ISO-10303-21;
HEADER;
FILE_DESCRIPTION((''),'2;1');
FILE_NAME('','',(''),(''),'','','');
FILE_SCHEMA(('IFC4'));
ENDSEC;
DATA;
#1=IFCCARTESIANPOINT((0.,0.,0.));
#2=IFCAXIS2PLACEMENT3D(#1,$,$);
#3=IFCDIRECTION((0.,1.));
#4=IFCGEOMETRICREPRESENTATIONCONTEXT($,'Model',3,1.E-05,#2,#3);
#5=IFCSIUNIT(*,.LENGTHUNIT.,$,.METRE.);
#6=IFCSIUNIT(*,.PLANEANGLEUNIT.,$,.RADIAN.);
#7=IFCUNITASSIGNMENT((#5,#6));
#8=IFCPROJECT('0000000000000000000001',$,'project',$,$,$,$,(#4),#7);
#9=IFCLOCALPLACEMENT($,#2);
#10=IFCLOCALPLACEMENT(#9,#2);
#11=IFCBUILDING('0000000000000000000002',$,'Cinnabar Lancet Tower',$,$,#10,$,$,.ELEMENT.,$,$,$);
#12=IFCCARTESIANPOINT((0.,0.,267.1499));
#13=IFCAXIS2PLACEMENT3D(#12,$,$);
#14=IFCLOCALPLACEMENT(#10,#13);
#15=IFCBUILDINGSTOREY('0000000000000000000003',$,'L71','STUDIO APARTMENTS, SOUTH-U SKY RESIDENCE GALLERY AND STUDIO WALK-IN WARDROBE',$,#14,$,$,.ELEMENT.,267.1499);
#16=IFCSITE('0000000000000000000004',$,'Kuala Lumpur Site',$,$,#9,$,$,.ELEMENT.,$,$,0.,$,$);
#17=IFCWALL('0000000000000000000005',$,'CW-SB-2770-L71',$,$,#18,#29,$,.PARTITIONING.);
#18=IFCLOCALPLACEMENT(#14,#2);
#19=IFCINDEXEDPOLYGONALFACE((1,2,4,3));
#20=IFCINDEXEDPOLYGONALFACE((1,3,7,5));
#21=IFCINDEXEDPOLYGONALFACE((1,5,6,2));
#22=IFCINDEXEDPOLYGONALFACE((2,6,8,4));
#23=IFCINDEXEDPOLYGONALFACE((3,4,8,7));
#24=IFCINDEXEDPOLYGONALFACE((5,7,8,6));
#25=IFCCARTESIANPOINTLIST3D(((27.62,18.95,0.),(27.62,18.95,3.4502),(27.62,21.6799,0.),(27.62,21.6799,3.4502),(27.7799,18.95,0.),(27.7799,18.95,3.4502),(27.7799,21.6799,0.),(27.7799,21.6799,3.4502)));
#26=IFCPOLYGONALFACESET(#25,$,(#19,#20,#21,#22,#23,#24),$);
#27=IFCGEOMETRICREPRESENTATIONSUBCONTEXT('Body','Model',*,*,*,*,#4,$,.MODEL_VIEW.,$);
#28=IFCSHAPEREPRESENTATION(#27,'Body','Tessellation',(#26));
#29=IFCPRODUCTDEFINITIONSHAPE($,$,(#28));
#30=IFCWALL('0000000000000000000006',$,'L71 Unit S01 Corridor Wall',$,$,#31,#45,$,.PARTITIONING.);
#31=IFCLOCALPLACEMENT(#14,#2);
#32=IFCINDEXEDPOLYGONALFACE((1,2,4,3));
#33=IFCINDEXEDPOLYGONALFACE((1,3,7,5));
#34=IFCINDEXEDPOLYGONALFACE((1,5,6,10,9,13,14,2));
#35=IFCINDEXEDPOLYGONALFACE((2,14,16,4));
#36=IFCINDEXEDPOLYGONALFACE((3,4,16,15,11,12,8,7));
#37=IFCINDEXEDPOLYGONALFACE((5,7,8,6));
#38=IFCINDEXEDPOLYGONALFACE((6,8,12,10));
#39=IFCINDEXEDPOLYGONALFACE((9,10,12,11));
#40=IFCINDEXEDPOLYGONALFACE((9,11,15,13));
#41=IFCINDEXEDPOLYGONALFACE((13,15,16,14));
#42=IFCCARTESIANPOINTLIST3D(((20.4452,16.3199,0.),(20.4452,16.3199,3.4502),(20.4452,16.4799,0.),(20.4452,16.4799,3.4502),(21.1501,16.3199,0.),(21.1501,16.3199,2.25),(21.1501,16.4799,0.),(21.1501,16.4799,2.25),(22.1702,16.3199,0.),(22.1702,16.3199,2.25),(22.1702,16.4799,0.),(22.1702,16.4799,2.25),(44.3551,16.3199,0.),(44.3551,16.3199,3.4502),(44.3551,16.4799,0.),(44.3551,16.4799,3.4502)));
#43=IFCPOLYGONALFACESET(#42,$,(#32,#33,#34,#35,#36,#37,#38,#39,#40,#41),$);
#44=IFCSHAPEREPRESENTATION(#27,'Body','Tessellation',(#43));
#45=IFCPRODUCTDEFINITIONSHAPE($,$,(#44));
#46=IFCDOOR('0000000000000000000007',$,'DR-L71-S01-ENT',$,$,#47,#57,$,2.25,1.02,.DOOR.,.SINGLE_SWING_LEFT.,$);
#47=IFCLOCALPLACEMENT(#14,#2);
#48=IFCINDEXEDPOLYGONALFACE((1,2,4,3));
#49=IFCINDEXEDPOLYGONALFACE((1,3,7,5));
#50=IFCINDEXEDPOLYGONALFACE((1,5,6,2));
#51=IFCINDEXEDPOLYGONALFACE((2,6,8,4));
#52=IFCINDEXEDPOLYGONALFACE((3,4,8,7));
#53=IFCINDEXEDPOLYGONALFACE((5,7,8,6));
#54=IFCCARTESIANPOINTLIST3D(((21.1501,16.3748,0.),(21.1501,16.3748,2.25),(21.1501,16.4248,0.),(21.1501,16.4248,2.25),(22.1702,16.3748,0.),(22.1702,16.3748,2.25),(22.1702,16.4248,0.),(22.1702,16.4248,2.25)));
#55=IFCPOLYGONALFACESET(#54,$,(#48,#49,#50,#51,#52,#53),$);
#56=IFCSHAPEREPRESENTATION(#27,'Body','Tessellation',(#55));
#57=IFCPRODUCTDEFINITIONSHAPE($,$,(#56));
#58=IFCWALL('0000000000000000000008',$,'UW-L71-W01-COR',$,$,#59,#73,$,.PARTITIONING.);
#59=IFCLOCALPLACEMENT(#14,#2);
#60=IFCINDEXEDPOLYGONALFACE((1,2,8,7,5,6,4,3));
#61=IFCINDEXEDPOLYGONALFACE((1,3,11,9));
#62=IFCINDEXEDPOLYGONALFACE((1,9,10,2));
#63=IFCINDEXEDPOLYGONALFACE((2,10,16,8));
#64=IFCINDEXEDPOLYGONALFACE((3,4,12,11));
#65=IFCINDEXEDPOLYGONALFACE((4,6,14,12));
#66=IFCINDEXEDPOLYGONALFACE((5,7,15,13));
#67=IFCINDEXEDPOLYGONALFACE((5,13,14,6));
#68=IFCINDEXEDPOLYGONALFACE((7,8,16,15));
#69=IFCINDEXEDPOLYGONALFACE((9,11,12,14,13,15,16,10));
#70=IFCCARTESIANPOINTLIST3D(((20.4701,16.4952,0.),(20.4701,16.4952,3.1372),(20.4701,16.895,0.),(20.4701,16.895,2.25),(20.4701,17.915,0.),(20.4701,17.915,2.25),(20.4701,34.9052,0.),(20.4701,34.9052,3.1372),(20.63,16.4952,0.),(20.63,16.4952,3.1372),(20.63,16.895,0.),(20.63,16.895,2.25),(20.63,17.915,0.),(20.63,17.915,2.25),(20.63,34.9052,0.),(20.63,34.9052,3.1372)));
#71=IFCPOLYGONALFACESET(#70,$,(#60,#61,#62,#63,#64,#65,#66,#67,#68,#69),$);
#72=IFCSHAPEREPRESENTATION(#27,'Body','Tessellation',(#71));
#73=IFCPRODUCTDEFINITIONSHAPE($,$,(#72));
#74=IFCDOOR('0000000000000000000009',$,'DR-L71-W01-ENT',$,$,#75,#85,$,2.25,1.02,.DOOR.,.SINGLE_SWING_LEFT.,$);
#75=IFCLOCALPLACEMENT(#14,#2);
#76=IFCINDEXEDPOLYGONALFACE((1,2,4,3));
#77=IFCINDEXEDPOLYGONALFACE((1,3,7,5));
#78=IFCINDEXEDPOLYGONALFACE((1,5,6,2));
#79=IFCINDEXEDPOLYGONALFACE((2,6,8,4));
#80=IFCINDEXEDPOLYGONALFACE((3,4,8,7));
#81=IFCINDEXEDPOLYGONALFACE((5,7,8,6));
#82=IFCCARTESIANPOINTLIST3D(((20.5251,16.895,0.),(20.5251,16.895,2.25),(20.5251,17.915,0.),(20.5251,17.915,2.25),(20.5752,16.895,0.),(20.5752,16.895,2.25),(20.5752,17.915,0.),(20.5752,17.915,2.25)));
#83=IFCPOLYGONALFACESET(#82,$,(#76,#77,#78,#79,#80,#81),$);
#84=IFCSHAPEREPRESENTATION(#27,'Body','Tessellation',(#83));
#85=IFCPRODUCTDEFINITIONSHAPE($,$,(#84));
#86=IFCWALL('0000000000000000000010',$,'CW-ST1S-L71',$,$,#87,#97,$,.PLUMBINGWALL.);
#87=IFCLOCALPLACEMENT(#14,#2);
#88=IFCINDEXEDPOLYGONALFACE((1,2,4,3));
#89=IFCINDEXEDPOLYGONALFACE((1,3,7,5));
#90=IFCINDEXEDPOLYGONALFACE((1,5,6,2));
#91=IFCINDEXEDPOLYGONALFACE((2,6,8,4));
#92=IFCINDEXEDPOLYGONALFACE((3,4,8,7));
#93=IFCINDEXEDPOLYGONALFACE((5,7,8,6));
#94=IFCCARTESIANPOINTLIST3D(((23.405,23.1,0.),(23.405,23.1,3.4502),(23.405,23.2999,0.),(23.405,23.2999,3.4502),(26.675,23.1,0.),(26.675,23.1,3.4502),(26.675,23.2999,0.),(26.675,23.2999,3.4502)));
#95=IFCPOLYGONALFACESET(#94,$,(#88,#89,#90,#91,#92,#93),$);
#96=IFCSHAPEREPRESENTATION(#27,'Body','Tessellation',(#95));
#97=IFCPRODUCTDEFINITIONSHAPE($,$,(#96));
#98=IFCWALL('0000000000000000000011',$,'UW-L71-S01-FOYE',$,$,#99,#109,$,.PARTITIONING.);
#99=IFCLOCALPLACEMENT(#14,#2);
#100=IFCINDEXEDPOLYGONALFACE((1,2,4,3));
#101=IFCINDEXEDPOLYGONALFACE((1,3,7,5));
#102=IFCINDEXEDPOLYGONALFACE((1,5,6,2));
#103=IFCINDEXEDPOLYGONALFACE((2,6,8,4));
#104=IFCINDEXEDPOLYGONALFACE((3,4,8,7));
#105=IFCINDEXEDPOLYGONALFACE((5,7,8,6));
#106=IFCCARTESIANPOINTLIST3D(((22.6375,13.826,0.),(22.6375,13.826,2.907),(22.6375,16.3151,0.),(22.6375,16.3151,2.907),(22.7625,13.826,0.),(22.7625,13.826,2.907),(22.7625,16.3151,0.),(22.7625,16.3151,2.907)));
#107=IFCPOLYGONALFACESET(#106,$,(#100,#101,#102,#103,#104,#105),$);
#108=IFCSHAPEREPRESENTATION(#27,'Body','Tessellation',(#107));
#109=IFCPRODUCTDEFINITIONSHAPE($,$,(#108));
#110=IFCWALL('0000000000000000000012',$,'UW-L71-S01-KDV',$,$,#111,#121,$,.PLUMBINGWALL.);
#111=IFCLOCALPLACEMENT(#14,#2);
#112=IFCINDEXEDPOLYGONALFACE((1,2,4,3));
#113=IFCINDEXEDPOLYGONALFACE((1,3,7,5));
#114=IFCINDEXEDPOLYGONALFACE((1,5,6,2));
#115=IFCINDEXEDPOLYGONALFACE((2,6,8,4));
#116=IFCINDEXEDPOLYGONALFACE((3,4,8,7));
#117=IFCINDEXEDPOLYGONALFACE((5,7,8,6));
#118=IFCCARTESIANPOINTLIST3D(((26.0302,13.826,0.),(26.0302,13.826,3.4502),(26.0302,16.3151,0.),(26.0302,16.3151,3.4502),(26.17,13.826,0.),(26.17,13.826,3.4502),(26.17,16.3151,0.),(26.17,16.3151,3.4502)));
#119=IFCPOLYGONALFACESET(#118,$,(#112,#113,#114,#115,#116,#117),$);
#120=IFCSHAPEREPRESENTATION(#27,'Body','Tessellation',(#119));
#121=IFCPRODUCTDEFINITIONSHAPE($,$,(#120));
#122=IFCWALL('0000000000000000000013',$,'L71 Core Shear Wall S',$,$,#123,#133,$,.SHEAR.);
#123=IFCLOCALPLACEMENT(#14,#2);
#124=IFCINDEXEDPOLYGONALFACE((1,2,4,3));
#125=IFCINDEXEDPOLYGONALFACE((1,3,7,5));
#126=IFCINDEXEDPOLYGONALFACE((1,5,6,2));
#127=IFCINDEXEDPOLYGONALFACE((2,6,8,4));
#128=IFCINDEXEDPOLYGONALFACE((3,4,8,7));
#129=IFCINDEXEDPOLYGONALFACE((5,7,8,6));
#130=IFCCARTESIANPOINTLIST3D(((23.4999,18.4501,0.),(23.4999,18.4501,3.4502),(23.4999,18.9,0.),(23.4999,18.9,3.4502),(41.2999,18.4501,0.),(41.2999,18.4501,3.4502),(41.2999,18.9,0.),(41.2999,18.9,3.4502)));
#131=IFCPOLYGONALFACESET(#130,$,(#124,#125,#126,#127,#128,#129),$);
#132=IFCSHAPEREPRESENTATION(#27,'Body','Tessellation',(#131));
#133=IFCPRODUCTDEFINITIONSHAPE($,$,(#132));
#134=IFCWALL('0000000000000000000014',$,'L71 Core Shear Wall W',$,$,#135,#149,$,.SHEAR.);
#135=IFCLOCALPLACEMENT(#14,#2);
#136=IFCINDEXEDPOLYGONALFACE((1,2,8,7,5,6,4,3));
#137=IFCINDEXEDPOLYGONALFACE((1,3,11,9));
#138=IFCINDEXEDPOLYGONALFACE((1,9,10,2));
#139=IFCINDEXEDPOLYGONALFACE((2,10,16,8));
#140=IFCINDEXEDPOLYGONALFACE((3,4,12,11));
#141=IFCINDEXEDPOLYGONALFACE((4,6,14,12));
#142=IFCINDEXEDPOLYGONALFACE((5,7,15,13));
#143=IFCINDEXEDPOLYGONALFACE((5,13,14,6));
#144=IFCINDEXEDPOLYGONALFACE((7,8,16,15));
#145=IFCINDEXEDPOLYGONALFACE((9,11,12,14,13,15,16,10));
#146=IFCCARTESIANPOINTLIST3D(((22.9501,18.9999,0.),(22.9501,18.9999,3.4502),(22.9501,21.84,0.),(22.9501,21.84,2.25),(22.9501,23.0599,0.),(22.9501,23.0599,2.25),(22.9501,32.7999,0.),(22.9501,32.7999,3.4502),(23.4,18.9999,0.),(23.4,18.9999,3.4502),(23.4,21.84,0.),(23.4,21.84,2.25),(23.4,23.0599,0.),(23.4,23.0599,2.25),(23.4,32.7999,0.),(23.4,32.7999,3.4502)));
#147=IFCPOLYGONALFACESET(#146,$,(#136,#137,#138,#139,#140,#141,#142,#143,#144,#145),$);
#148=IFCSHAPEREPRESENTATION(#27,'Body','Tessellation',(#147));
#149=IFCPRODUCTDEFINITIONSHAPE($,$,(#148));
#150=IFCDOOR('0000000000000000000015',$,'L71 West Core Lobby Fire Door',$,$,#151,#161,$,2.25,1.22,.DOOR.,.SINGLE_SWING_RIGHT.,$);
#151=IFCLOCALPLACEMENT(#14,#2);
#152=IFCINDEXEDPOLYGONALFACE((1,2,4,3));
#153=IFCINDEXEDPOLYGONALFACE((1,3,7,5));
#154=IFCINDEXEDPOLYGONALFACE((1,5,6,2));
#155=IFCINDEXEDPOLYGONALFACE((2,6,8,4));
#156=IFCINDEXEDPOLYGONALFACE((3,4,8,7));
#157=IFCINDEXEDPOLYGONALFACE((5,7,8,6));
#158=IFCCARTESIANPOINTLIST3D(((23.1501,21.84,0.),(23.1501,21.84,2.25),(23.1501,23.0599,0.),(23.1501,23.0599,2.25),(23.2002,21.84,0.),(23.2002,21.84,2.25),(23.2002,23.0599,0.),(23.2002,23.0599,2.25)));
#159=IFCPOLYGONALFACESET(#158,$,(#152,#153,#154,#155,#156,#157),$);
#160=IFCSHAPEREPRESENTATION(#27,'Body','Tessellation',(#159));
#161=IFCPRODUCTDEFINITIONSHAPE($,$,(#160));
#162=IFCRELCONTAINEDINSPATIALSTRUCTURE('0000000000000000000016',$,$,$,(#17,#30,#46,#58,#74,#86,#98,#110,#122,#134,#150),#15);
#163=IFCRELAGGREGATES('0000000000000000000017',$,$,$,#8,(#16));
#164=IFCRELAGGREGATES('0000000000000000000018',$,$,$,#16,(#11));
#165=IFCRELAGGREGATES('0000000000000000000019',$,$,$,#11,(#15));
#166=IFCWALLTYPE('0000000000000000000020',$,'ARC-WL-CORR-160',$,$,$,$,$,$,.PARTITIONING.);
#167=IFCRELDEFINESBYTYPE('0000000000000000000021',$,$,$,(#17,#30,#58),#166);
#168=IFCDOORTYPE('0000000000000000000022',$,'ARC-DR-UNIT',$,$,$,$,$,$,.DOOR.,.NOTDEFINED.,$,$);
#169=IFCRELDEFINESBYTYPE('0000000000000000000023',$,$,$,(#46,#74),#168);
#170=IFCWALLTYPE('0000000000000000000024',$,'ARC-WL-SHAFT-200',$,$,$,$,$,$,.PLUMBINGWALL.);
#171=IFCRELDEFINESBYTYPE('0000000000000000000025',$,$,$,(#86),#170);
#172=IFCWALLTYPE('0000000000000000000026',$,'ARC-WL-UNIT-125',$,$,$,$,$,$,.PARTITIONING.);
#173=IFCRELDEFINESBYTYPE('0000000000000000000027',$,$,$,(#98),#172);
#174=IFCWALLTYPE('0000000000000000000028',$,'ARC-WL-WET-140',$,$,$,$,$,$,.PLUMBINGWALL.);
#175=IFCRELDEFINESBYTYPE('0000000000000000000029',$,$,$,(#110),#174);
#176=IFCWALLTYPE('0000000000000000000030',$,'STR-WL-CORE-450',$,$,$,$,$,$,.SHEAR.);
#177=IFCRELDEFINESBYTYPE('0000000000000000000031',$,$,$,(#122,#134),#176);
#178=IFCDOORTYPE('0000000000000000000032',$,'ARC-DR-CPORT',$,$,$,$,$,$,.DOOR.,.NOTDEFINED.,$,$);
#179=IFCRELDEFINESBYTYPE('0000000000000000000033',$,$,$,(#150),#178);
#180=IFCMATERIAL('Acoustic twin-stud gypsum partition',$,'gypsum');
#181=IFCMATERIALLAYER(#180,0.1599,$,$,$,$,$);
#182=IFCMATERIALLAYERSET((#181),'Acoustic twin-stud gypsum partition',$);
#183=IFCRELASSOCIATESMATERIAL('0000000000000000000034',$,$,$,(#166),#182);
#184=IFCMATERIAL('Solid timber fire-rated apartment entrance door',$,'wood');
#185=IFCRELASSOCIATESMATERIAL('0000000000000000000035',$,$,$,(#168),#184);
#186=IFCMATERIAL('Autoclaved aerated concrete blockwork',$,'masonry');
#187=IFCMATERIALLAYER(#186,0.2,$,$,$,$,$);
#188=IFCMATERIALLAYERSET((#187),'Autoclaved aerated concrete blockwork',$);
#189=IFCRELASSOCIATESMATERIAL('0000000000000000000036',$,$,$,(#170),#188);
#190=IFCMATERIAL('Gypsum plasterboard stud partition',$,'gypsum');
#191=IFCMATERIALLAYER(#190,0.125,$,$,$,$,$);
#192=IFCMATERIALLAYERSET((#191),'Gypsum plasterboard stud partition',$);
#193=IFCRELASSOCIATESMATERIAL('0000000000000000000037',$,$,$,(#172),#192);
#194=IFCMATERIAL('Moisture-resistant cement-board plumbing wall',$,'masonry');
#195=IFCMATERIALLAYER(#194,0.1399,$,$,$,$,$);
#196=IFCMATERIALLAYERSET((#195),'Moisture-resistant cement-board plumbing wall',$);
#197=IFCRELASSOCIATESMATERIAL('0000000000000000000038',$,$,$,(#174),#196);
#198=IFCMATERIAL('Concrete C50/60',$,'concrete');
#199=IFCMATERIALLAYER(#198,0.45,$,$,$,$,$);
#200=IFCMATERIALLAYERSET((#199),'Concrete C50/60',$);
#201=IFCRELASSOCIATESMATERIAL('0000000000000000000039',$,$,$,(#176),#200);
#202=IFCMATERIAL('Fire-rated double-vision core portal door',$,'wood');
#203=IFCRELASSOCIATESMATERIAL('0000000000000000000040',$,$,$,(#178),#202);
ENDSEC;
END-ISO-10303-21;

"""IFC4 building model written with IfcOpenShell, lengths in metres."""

from ifc_helpers import new_model, si_unit, direction, frame, frame_2d, origin, place, context, subcontext, project, spatial, rectangle, extrude, material, layer, layer_set, type_object, element, fill, save


model = new_model("IFC4")

# Units and contexts
model_context = context("Model", 3, precision=1e-05, world=origin(), true_north=direction((0.0, 1.0)))
body_context = subcontext(model_context, "Body", "Model", "MODEL_VIEW")
ifc_project = project(units=[si_unit("LENGTHUNIT", "METRE"), si_unit("PLANEANGLEUNIT", "RADIAN")], contexts=[model_context])

# Site, building, storey
site_placement = place(None, origin())
site = spatial("IfcSite", under=ifc_project, at=site_placement, Name="Kuala Lumpur Site", CompositionType="ELEMENT", RefElevation=0.0)
building_placement = place(site_placement, origin())
building = spatial("IfcBuilding", under=site, at=building_placement, Name="Cinnabar Lancet Tower", CompositionType="ELEMENT")
storey_placement = place(building_placement, frame((0.0, 0.0, 267.1499)))
storey = spatial("IfcBuildingStorey", under=building, at=storey_placement, Name="L71", Description="STUDIO APARTMENTS, SOUTH-U SKY RESIDENCE GALLERY AND STUDIO WALK-IN WARDROBE", CompositionType="ELEMENT", Elevation=267.1499)

# Wall
ifc_material_1 = material(Name="Acoustic twin-stud gypsum partition", Category="gypsum")
ifc_layer_1 = layer(ifc_material_1, 0.1599)
ifc_layer_set_1 = layer_set([ifc_layer_1], Name="Acoustic twin-stud gypsum partition")
wall_type_1 = type_object("IfcWallType", Name="ARC-WL-CORR-160", PredefinedType="PARTITIONING", material=ifc_layer_set_1)
wall_1_placement = place(storey_placement, frame((27.7, 18.95, 0.0), z_axis=(0.0, 0.0, 1.0), x_axis=(0.0, 1.0, 0.0)))
element("IfcWall", 1, at=wall_1_placement, inside=storey, type_object=wall_type_1, Name="CW-SB-2770-L71", PredefinedType="PARTITIONING", context=body_context, shape_type="SweptSolid", body=[
    extrude(rectangle(XDim=2.73, YDim=0.1599, at=frame_2d((1.365, 0.0))), origin(), (0.0, 0.0, 1.0), 3.4502),
])

# Walls, openings, doors
wall_2_placement = place(storey_placement, frame((20.4451, 16.3999, 0.0), z_axis=(0.0, 0.0, 1.0), x_axis=(1.0, 0.0, 0.0)))
wall_2 = element("IfcWall", 2, at=wall_2_placement, inside=storey, type_object=wall_type_1, Name="L71 Unit S01 Corridor Wall", PredefinedType="PARTITIONING", context=body_context, shape_type="SweptSolid", body=[
    extrude(rectangle(XDim=23.9099, YDim=0.1599, at=frame_2d((11.9551, 0.0))), origin(), (0.0, 0.0, 1.0), 3.4502),
])
opening_1_placement = place(wall_2_placement, frame((0.7051, 0.0, 0.0)))
opening_1 = element("IfcOpeningElement", 3, at=opening_1_placement, cuts=wall_2, PredefinedType="OPENING", context=body_context, shape_type="SweptSolid", body=[
    extrude(rectangle(XDim=1.02, YDim=2.25, at=frame_2d((0.51, 1.125))), frame((0.0, 0.0898, 0.0), z_axis=(0.0, -1.0, 0.0), x_axis=(1.0, 0.0, 0.0)), (0.0, 0.0, 1.0), 0.1799),
])
ifc_material_2 = material(Name="Solid timber fire-rated apartment entrance door", Category="wood")
door_type_1 = type_object("IfcDoorType", Name="ARC-DR-UNIT", OperationType="NOTDEFINED", PredefinedType="DOOR", material=ifc_material_2)
door_1_placement = place(opening_1_placement, origin())
door_1 = element("IfcDoor", 4, at=door_1_placement, inside=storey, type_object=door_type_1, Name="DR-L71-S01-ENT", OperationType="SINGLE_SWING_LEFT", OverallHeight=2.25, OverallWidth=1.02, PredefinedType="DOOR", context=body_context, shape_type="SweptSolid", body=[
    extrude(rectangle(XDim=1.02, YDim=2.25, at=frame_2d((0.51, 1.125))), frame((0.0, 0.0249, 0.0), z_axis=(0.0, -1.0, 0.0), x_axis=(1.0, 0.0, 0.0)), (0.0, 0.0, 1.0), 0.05),
])
fill(opening_1, door_1)
wall_3_placement = place(storey_placement, frame((20.55, 16.4951, 0.0), z_axis=(0.0, 0.0, 1.0), x_axis=(0.0, 1.0, 0.0)))
wall_3 = element("IfcWall", 5, at=wall_3_placement, inside=storey, type_object=wall_type_1, Name="UW-L71-W01-COR", PredefinedType="PARTITIONING", context=body_context, shape_type="SweptSolid", body=[
    extrude(rectangle(XDim=18.4099, YDim=0.1599, at=frame_2d((9.2051, 0.0))), origin(), (0.0, 0.0, 1.0), 3.1372),
])
opening_2_placement = place(wall_3_placement, frame((0.3999, 0.0, 0.0)))
opening_2 = element("IfcOpeningElement", 6, at=opening_2_placement, cuts=wall_3, PredefinedType="OPENING", context=body_context, shape_type="SweptSolid", body=[
    extrude(rectangle(XDim=1.02, YDim=2.25, at=frame_2d((0.51, 1.125))), frame((0.0, 0.0898, 0.0), z_axis=(0.0, -1.0, 0.0), x_axis=(1.0, 0.0, 0.0)), (0.0, 0.0, 1.0), 0.1799),
])
door_2_placement = place(opening_2_placement, origin())
door_2 = element("IfcDoor", 7, at=door_2_placement, inside=storey, type_object=door_type_1, Name="DR-L71-W01-ENT", OperationType="SINGLE_SWING_LEFT", OverallHeight=2.25, OverallWidth=1.02, PredefinedType="DOOR", context=body_context, shape_type="SweptSolid", body=[
    extrude(rectangle(XDim=1.02, YDim=2.25, at=frame_2d((0.51, 1.125))), frame((0.0, 0.0249, 0.0), z_axis=(0.0, -1.0, 0.0), x_axis=(1.0, 0.0, 0.0)), (0.0, 0.0, 1.0), 0.05),
])
fill(opening_2, door_2)

# Wall
ifc_material_3 = material(Name="Autoclaved aerated concrete blockwork", Category="masonry")
ifc_layer_2 = layer(ifc_material_3, 0.2)
ifc_layer_set_2 = layer_set([ifc_layer_2], Name="Autoclaved aerated concrete blockwork")
wall_type_2 = type_object("IfcWallType", Name="ARC-WL-SHAFT-200", PredefinedType="PLUMBINGWALL", material=ifc_layer_set_2)
wall_4_placement = place(storey_placement, frame((23.405, 23.2, 0.0), z_axis=(0.0, 0.0, 1.0), x_axis=(1.0, 0.0, 0.0)))
element("IfcWall", 8, at=wall_4_placement, inside=storey, type_object=wall_type_2, Name="CW-ST1S-L71", PredefinedType="PLUMBINGWALL", context=body_context, shape_type="SweptSolid", body=[
    extrude(rectangle(XDim=3.27, YDim=0.2, at=frame_2d((1.635, 0.0))), origin(), (0.0, 0.0, 1.0), 3.4502),
])

# Walls
ifc_material_4 = material(Name="Gypsum plasterboard stud partition", Category="gypsum")
ifc_layer_3 = layer(ifc_material_4, 0.125)
ifc_layer_set_3 = layer_set([ifc_layer_3], Name="Gypsum plasterboard stud partition")
wall_type_3 = type_object("IfcWallType", Name="ARC-WL-UNIT-125", PredefinedType="PARTITIONING", material=ifc_layer_set_3)
wall_5_placement = place(storey_placement, frame((22.7, 13.8259, 0.0), z_axis=(0.0, 0.0, 1.0), x_axis=(0.0, 1.0, 0.0)))
element("IfcWall", 9, at=wall_5_placement, inside=storey, type_object=wall_type_3, Name="UW-L71-S01-FOYE", PredefinedType="PARTITIONING", context=body_context, shape_type="SweptSolid", body=[
    extrude(rectangle(XDim=2.489, YDim=0.125, at=frame_2d((1.2446, 0.0))), origin(), (0.0, 0.0, 1.0), 2.907),
])
ifc_material_5 = material(Name="Moisture-resistant cement-board plumbing wall", Category="masonry")
ifc_layer_4 = layer(ifc_material_5, 0.1399)
ifc_layer_set_4 = layer_set([ifc_layer_4], Name="Moisture-resistant cement-board plumbing wall")
wall_type_4 = type_object("IfcWallType", Name="ARC-WL-WET-140", PredefinedType="PLUMBINGWALL", material=ifc_layer_set_4)
wall_6_placement = place(storey_placement, frame((26.1001, 13.8259, 0.0), z_axis=(0.0, 0.0, 1.0), x_axis=(0.0, 1.0, 0.0)))
element("IfcWall", 10, at=wall_6_placement, inside=storey, type_object=wall_type_4, Name="UW-L71-S01-KDV", PredefinedType="PLUMBINGWALL", context=body_context, shape_type="SweptSolid", body=[
    extrude(rectangle(XDim=2.489, YDim=0.1399, at=frame_2d((1.2446, 0.0))), origin(), (0.0, 0.0, 1.0), 3.4502),
])
ifc_material_6 = material(Name="Concrete C50/60", Category="concrete")
ifc_layer_5 = layer(ifc_material_6, 0.45)
ifc_layer_set_5 = layer_set([ifc_layer_5], Name="Concrete C50/60")
wall_type_5 = type_object("IfcWallType", Name="STR-WL-CORE-450", PredefinedType="SHEAR", material=ifc_layer_set_5)
wall_7_placement = place(storey_placement, frame((23.5, 18.675, 0.0), z_axis=(0.0, 0.0, 1.0), x_axis=(1.0, 0.0, 0.0)))
element("IfcWall", 11, at=wall_7_placement, inside=storey, type_object=wall_type_5, Name="L71 Core Shear Wall S", PredefinedType="SHEAR", context=body_context, shape_type="SweptSolid", body=[
    extrude(rectangle(XDim=17.8, YDim=0.45, at=frame_2d((8.8999, 0.0))), origin(), (0.0, 0.0, 1.0), 3.4502),
])

# Wall, opening, door
wall_8_placement = place(storey_placement, frame((23.175, 19.0, 0.0), z_axis=(0.0, 0.0, 1.0), x_axis=(0.0, 1.0, 0.0)))
wall_8 = element("IfcWall", 12, at=wall_8_placement, inside=storey, type_object=wall_type_5, Name="L71 Core Shear Wall W", PredefinedType="SHEAR", context=body_context, shape_type="SweptSolid", body=[
    extrude(rectangle(XDim=13.8, YDim=0.45, at=frame_2d((6.8999, 0.0))), origin(), (0.0, 0.0, 1.0), 3.4502),
])
opening_3_placement = place(wall_8_placement, frame((2.8401, 0.0, 0.0)))
opening_3 = element("IfcOpeningElement", 13, at=opening_3_placement, cuts=wall_8, PredefinedType="OPENING", context=body_context, shape_type="SweptSolid", body=[
    extrude(rectangle(XDim=1.22, YDim=2.25, at=frame_2d((0.6099, 1.125))), frame((0.0, 0.2349, 0.0), z_axis=(0.0, -1.0, 0.0), x_axis=(1.0, 0.0, 0.0)), (0.0, 0.0, 1.0), 0.47),
])
ifc_material_7 = material(Name="Fire-rated double-vision core portal door", Category="wood")
door_type_2 = type_object("IfcDoorType", Name="ARC-DR-CPORT", OperationType="NOTDEFINED", PredefinedType="DOOR", material=ifc_material_7)
door_3_placement = place(opening_3_placement, origin())
door_3 = element("IfcDoor", 14, at=door_3_placement, inside=storey, type_object=door_type_2, Name="L71 West Core Lobby Fire Door", OperationType="SINGLE_SWING_RIGHT", OverallHeight=2.25, OverallWidth=1.22, PredefinedType="DOOR", context=body_context, shape_type="SweptSolid", body=[
    extrude(rectangle(XDim=1.22, YDim=2.25, at=frame_2d((0.6099, 1.125))), frame((0.0, 0.0249, 0.0), z_axis=(0.0, -1.0, 0.0), x_axis=(1.0, 0.0, 0.0)), (0.0, 0.0, 1.0), 0.05),
])
fill(opening_3, door_3)

save(model, "model.ifc")
